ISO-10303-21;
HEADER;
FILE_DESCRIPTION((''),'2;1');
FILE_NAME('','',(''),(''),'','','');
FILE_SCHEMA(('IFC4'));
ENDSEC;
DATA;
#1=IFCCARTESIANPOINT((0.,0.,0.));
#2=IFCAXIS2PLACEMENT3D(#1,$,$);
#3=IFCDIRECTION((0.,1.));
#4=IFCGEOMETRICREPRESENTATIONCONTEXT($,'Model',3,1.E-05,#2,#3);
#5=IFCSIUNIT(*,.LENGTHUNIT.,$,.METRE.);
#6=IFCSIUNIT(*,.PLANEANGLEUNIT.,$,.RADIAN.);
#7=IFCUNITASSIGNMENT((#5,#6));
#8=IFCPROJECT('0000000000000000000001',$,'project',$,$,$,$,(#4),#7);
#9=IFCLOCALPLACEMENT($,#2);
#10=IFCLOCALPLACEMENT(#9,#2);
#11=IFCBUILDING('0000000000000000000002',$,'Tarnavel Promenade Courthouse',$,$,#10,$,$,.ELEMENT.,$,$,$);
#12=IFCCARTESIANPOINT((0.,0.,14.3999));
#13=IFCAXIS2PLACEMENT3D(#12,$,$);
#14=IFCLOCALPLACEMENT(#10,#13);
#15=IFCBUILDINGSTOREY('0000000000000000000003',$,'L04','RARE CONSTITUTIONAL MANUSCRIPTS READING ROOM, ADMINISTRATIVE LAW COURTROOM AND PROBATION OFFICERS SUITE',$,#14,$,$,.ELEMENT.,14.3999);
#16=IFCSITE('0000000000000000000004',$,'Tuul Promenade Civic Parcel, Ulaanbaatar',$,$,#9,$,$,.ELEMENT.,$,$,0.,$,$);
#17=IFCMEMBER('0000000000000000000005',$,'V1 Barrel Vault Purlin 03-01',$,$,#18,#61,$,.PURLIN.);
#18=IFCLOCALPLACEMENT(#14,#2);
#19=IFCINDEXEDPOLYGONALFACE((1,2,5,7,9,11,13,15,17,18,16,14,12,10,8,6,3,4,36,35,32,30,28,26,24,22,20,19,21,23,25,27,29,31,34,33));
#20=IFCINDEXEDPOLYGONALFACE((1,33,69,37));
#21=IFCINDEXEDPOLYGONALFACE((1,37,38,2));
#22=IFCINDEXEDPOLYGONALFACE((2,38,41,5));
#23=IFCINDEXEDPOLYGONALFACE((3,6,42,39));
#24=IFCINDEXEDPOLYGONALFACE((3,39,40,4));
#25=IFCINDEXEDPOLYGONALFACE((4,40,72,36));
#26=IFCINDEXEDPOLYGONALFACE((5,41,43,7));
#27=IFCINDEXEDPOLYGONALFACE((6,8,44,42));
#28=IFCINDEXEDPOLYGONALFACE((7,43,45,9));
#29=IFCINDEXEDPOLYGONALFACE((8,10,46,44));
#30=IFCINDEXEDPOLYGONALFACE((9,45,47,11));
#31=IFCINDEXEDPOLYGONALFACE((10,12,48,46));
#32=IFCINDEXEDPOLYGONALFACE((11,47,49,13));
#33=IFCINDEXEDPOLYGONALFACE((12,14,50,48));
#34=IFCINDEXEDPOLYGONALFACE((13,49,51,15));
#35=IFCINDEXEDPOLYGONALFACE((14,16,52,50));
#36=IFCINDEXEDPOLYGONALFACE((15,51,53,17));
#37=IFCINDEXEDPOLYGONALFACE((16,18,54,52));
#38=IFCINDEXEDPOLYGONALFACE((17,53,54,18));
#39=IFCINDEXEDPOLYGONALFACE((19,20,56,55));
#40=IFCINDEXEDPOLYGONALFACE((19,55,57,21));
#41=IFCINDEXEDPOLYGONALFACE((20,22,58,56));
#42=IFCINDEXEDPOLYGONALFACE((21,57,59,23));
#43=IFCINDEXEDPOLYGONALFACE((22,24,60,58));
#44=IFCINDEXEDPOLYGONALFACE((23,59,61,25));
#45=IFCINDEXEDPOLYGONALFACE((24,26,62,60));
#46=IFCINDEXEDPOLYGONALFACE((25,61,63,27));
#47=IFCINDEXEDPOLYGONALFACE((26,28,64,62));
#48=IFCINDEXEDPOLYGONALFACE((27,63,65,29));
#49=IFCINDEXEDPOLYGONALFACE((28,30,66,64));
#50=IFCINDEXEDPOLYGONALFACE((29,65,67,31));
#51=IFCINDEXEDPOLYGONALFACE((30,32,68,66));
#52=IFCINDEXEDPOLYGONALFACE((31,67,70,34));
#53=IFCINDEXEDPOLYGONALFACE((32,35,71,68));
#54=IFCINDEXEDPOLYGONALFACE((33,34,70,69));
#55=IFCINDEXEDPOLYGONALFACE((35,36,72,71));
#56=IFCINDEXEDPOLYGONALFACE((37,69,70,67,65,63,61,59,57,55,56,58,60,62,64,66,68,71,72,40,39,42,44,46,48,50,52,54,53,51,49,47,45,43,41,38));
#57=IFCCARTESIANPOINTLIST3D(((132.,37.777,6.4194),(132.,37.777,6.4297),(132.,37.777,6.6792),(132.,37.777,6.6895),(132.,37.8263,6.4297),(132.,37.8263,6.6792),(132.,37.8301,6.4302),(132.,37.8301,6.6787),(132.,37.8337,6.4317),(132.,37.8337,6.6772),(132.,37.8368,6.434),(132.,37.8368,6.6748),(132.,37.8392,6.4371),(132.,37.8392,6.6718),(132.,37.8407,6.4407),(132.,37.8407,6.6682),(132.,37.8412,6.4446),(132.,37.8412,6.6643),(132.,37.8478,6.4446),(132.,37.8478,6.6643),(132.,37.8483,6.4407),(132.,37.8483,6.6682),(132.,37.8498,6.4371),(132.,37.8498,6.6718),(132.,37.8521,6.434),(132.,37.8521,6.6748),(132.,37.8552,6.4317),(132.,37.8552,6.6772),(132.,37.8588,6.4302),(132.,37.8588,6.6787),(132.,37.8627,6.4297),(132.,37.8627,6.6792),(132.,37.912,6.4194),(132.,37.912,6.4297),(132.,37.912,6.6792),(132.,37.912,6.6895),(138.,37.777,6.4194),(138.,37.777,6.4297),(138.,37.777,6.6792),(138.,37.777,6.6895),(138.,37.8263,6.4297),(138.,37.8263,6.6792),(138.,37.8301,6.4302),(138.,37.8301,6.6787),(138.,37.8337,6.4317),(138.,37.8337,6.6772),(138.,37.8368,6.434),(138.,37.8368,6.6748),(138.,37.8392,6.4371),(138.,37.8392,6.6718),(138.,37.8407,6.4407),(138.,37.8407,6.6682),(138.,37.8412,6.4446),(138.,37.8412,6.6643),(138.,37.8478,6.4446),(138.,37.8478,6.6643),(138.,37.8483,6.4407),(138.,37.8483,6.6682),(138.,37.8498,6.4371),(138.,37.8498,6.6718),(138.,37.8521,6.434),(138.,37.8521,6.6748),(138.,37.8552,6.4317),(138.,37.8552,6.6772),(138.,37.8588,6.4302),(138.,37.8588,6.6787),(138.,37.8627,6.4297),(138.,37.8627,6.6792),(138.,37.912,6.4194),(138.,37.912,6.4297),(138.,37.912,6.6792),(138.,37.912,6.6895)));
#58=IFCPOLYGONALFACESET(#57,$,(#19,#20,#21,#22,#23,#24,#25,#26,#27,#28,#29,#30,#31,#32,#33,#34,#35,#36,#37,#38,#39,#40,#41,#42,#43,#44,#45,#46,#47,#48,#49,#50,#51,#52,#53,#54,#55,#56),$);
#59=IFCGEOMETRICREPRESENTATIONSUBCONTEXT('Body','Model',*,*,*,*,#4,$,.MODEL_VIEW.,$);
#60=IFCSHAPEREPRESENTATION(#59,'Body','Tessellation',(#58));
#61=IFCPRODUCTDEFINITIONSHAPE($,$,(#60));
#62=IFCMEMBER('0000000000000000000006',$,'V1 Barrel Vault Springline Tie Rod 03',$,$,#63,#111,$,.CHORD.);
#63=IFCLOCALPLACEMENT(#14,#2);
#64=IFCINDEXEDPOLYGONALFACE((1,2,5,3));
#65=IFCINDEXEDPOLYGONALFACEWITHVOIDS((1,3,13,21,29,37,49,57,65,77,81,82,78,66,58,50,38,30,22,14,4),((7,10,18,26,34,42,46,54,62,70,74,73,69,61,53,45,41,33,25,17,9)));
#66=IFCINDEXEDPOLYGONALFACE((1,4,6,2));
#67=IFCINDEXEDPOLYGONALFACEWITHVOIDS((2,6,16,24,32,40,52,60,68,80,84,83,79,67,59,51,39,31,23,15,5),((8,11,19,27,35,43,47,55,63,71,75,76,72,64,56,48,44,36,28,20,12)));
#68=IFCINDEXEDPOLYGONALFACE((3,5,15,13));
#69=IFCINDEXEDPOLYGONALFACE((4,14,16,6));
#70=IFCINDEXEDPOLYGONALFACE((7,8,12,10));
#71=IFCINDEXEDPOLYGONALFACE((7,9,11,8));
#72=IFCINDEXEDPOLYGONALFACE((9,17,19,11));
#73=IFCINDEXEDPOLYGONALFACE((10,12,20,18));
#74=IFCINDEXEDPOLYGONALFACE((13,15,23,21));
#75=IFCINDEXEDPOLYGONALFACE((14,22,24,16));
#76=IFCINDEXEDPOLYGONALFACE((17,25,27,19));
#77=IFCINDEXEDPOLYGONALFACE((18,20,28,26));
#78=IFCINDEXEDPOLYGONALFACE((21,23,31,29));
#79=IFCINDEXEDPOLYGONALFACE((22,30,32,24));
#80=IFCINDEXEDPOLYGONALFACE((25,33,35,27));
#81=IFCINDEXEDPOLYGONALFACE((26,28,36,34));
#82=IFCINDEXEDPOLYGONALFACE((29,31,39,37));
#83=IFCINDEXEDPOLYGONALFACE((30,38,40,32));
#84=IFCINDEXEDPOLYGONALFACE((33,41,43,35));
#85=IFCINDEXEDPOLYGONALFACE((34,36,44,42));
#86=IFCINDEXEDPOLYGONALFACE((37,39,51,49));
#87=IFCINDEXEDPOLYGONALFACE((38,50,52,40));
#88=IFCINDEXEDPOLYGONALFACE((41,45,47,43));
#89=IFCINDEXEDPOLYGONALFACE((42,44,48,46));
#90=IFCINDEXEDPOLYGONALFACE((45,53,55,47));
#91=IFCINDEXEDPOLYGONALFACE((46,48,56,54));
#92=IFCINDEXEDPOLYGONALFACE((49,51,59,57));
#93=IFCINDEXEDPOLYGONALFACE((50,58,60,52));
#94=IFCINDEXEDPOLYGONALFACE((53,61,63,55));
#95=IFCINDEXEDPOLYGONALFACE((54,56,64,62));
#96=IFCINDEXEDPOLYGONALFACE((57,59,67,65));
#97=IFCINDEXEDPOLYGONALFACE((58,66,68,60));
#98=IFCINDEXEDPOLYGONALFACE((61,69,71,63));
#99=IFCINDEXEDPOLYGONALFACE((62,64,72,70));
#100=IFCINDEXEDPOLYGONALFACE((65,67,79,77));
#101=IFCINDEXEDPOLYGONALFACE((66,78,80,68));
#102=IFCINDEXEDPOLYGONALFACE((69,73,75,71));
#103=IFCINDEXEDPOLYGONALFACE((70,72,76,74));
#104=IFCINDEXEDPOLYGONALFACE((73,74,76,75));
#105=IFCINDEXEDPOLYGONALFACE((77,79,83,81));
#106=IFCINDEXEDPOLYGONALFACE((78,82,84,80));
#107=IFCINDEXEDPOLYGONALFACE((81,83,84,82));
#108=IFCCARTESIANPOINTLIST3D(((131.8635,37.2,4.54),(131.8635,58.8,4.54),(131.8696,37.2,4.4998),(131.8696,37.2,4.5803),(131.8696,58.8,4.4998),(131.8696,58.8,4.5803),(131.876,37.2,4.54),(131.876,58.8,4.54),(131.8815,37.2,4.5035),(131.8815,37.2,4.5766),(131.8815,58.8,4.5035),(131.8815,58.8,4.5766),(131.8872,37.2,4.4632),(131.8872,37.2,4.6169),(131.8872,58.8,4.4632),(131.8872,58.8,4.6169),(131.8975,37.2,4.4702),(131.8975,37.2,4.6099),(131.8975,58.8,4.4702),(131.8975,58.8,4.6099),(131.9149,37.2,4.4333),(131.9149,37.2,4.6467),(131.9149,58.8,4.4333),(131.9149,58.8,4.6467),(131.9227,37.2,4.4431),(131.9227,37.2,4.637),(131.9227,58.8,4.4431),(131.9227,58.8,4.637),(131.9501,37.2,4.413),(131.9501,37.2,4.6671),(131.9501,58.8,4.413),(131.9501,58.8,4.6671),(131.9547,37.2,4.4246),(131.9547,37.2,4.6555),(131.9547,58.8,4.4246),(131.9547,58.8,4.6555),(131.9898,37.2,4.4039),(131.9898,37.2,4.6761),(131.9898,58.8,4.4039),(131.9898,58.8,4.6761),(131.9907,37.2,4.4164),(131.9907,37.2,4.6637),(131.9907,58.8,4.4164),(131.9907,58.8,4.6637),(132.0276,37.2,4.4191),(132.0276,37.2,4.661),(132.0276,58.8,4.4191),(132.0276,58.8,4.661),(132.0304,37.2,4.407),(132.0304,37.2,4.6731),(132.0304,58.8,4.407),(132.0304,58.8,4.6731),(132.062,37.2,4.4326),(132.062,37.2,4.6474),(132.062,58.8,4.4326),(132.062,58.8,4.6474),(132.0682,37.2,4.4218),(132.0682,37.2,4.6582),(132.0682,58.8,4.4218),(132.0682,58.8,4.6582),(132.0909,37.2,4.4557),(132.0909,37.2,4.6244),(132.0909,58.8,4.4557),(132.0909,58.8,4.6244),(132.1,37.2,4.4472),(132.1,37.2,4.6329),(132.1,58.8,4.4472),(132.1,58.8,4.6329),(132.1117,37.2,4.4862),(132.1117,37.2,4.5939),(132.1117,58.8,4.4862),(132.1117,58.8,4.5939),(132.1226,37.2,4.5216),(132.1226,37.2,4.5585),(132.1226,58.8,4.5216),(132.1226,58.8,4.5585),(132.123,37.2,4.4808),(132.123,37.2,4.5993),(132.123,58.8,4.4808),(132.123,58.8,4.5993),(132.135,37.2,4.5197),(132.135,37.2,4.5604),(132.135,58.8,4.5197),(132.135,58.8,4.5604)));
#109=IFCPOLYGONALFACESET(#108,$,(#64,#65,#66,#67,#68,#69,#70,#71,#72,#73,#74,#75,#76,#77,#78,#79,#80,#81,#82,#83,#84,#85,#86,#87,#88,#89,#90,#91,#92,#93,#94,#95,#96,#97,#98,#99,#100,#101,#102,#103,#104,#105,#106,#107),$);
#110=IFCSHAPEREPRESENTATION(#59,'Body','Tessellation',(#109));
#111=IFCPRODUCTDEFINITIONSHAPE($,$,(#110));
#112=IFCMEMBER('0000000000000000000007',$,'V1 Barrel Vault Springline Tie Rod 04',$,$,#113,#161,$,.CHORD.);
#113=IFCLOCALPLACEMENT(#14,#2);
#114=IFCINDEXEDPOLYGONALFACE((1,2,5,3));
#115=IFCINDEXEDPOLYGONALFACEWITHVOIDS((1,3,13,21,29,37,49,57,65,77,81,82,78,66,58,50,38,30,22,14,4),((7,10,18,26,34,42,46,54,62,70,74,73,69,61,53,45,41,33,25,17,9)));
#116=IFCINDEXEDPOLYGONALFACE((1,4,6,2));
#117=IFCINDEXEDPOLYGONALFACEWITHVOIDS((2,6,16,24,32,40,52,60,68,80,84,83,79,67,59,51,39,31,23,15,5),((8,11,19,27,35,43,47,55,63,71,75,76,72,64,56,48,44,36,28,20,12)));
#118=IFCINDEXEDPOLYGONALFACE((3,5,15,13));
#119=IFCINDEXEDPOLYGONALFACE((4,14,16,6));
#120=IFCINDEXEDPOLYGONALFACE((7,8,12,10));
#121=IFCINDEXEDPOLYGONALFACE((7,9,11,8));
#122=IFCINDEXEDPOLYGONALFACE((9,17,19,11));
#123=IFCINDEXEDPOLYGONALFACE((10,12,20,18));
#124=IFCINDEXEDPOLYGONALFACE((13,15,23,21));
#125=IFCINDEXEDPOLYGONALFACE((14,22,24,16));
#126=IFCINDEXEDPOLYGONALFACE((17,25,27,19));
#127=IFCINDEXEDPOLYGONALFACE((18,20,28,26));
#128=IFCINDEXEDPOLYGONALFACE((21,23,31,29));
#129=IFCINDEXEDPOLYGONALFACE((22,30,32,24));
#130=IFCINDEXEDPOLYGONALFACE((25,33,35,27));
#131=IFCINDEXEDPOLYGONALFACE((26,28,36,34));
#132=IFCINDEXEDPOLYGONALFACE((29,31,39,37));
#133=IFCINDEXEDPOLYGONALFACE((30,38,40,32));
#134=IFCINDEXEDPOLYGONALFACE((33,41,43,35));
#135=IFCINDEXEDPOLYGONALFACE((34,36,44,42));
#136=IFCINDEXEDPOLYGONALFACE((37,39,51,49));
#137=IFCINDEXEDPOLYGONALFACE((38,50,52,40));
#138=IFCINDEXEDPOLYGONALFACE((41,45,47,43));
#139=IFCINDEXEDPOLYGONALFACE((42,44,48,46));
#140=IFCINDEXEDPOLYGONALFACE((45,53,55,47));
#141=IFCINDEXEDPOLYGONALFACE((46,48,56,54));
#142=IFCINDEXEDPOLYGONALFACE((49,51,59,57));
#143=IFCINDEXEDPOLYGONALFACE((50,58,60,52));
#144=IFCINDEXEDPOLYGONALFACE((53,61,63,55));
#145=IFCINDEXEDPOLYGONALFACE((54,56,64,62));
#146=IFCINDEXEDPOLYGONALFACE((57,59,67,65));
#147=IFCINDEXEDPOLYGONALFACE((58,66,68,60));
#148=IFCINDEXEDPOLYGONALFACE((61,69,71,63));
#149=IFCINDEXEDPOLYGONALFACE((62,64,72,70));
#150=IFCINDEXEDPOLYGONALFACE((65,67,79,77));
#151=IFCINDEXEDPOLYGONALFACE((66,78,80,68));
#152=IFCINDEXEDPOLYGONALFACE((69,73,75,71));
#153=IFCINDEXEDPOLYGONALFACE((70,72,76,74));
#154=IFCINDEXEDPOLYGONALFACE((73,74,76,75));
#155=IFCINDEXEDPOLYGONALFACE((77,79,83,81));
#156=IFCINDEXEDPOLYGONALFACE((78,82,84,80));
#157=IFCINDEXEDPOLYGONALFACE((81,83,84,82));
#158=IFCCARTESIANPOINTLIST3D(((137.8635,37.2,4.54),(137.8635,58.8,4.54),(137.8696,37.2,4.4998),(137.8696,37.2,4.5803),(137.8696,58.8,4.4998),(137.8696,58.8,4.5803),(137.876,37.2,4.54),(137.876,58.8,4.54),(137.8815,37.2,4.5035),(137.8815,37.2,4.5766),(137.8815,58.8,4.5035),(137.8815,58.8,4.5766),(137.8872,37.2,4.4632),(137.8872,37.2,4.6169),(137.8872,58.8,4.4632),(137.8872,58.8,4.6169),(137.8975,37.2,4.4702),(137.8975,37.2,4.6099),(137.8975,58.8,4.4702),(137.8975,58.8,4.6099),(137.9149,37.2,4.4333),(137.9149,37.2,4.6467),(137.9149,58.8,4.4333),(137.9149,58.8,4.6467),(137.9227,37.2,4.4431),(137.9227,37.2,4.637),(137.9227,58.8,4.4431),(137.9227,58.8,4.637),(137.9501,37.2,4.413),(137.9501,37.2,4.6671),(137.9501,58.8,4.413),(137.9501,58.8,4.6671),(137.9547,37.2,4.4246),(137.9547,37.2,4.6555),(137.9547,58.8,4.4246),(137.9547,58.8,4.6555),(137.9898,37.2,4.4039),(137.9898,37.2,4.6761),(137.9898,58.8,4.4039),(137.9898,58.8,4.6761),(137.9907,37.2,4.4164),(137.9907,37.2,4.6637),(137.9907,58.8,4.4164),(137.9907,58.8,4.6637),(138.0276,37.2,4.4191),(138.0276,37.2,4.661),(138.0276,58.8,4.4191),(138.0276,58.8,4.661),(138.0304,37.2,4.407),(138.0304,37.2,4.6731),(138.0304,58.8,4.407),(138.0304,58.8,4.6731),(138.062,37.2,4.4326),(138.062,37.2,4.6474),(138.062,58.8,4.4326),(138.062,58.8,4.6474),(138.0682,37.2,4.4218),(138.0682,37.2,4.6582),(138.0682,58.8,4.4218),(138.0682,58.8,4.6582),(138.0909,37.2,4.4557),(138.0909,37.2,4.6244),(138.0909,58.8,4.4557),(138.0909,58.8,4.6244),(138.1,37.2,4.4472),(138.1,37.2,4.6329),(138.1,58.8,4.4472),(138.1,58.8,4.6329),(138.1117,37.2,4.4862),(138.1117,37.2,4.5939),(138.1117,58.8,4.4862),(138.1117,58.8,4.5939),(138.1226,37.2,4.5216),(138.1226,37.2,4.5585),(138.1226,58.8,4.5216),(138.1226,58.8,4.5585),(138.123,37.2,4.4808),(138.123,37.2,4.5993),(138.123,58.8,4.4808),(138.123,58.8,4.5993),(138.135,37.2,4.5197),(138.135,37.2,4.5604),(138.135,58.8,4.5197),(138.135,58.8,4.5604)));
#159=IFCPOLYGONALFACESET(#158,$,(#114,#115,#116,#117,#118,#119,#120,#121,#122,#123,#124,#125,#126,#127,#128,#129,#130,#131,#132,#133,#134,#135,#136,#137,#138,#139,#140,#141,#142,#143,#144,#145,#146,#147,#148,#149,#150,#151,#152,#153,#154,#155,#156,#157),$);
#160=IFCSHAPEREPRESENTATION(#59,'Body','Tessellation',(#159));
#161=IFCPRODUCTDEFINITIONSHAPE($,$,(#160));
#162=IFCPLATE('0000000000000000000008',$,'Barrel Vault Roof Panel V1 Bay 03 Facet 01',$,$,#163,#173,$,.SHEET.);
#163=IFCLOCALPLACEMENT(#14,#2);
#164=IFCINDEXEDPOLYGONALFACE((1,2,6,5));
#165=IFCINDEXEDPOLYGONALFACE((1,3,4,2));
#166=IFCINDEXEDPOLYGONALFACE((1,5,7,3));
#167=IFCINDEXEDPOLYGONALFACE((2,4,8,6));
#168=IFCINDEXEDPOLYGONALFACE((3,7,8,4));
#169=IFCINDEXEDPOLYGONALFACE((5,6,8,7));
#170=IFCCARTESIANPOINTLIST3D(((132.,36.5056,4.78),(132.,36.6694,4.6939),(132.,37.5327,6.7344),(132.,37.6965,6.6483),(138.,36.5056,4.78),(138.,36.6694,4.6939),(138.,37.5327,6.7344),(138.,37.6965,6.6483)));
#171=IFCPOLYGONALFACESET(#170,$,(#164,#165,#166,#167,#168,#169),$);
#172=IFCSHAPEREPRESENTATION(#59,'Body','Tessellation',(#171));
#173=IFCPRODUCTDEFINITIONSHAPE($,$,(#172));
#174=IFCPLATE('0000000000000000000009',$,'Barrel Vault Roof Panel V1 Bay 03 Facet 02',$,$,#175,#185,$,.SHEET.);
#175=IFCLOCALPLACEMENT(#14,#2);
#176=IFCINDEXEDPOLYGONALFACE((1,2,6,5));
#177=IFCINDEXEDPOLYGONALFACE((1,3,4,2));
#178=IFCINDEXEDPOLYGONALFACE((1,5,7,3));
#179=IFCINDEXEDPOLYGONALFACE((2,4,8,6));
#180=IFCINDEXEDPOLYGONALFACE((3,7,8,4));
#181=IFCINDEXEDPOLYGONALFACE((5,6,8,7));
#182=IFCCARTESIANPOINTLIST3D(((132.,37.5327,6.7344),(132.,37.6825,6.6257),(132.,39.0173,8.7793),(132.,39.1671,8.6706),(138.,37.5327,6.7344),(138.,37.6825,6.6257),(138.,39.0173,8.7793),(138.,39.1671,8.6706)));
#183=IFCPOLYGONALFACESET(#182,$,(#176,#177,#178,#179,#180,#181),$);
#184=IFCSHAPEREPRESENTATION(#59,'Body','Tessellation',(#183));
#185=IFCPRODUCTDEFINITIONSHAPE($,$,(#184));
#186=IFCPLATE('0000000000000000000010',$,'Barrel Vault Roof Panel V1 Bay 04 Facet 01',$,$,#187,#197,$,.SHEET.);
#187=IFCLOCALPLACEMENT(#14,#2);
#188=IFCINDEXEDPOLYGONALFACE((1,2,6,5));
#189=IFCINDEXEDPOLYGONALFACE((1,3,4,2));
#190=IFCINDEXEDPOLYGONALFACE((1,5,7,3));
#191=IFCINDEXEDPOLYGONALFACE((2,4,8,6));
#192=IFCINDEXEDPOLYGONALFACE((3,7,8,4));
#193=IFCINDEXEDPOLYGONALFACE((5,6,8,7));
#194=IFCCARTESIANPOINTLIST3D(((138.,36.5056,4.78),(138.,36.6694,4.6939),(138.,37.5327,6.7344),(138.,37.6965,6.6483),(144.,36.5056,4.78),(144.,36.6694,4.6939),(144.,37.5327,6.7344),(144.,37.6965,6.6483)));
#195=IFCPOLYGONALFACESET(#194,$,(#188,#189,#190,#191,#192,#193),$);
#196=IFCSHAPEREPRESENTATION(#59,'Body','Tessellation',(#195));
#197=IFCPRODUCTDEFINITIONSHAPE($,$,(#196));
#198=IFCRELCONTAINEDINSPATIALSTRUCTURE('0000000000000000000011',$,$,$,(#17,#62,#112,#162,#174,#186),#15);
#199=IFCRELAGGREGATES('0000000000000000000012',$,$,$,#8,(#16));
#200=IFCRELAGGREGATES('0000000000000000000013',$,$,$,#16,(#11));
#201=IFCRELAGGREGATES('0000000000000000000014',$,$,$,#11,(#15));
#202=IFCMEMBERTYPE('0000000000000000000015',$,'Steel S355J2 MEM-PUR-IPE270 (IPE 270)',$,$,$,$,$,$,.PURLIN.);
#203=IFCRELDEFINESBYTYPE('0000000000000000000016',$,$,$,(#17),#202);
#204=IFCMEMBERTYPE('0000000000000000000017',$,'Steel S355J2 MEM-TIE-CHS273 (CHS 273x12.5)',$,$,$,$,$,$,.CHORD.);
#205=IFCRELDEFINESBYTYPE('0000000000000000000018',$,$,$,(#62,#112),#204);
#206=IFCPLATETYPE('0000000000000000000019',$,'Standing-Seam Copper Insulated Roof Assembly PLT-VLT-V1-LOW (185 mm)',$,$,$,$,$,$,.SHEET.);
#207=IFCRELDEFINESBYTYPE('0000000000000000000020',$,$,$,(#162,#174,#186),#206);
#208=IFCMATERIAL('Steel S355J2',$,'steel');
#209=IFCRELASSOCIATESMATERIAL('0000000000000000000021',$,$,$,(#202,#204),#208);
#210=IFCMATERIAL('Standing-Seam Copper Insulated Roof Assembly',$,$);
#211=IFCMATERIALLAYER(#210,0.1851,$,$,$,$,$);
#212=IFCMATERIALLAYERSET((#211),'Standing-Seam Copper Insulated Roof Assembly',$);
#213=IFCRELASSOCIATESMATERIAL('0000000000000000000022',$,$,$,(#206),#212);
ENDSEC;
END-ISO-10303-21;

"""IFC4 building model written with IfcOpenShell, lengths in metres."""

from ifc_helpers import new_model, si_unit, direction, frame, origin, origin_2d, place, context, subcontext, project, spatial, polyline, hollow_circle, i_section, outline, extrude, material, layer, layer_set, material_profile, profile_set, type_object, element, save


model = new_model("IFC4")

# Units and contexts
model_context = context("Model", 3, precision=1e-05, world=origin(), true_north=direction((0.0, 1.0)))
body_context = subcontext(model_context, "Body", "Model", "MODEL_VIEW")
ifc_project = project(units=[si_unit("LENGTHUNIT", "METRE"), si_unit("PLANEANGLEUNIT", "RADIAN")], contexts=[model_context])

# Site, building, storey
site_placement = place(None, origin())
site = spatial("IfcSite", under=ifc_project, at=site_placement, Name="Tuul Promenade Civic Parcel, Ulaanbaatar", CompositionType="ELEMENT", RefElevation=0.0)
building_placement = place(site_placement, origin())
building = spatial("IfcBuilding", under=site, at=building_placement, Name="Tarnavel Promenade Courthouse", CompositionType="ELEMENT")
storey_placement = place(building_placement, frame((0.0, 0.0, 14.3999)))
storey = spatial("IfcBuildingStorey", under=building, at=storey_placement, Name="L04", Description="RARE CONSTITUTIONAL MANUSCRIPTS READING ROOM, ADMINISTRATIVE LAW COURTROOM AND PROBATION OFFICERS SUITE", CompositionType="ELEMENT", Elevation=14.3999)

# Shared definitions
ifc_material_1 = material(Name="Steel S355J2", Category="steel")

# Members
ifc_material_profile_1 = material_profile(ifc_material_1, i_section(OverallWidth=0.135, OverallDepth=0.27, WebThickness=0.0066, FlangeThickness=0.0103, FilletRadius=0.0149, at=origin_2d()), Name="IPE 270")
ifc_profile_set_1 = profile_set([ifc_material_profile_1], Name="Steel S355J2")
member_type_1 = type_object("IfcMemberType", Name="Steel S355J2 MEM-PUR-IPE270 (IPE 270)", PredefinedType="PURLIN", material=ifc_profile_set_1)
member_placement = place(storey_placement, frame((132.0, 37.8445, 6.5544), z_axis=(1.0, 0.0, 0.0), x_axis=(0.0, 1.0, 0.0)))
element("IfcMember", 1, at=member_placement, inside=storey, type_object=member_type_1, Name="V1 Barrel Vault Purlin 03-01", PredefinedType="PURLIN", context=body_context, shape_type="SweptSolid", body=[
    extrude(i_section(OverallWidth=0.135, OverallDepth=0.27, WebThickness=0.0066, FlangeThickness=0.0103, FilletRadius=0.0149, at=origin_2d()), origin(), (0.0, 0.0, 1.0), 6.0),
])
ifc_material_profile_2 = material_profile(ifc_material_1, hollow_circle(Radius=0.1365, WallThickness=0.0125, at=origin_2d()), Name="CHS 273x12.5")
ifc_profile_set_2 = profile_set([ifc_material_profile_2], Name="Steel S355J2")
member_type_2 = type_object("IfcMemberType", Name="Steel S355J2 MEM-TIE-CHS273 (CHS 273x12.5)", PredefinedType="CHORD", material=ifc_profile_set_2)
for number, where, z_axis, x_axis, name in (
    (2, (132.0, 37.2, 4.54), (0.0, 1.0, 0.0), (-1.0, 0.0, 0.0), "V1 Barrel Vault Springline Tie Rod 03"),
    (3, (138.0, 37.2, 4.54), (0.0, 1.0, 0.0), (-1.0, 0.0, 0.0), "V1 Barrel Vault Springline Tie Rod 04"),
):
    element("IfcMember", number, at=place(storey_placement, frame(where, z_axis=z_axis, x_axis=x_axis)), inside=storey, type_object=member_type_2, Name=name, PredefinedType="CHORD", context=body_context, shape_type="SweptSolid", body=[
        extrude(hollow_circle(Radius=0.1365, WallThickness=0.0125, at=origin_2d()), origin(), (0.0, 0.0, 1.0), 21.6001),
    ])

# Plates
ifc_material_2 = material(Name="Standing-Seam Copper Insulated Roof Assembly")
ifc_layer_1 = layer(ifc_material_2, 0.1851)
ifc_layer_set_1 = layer_set([ifc_layer_1], Name="Standing-Seam Copper Insulated Roof Assembly")
plate_type = type_object("IfcPlateType", Name="Standing-Seam Copper Insulated Roof Assembly PLT-VLT-V1-LOW (185 mm)", PredefinedType="SHEET", material=ifc_layer_set_1)
plate_1_placement = place(storey_placement, frame((132.0, 36.5056, 4.78), z_axis=(0.0, -0.885199, 0.465213), x_axis=(1.0, 0.0, 0.0)))
element("IfcPlate", 4, at=plate_1_placement, inside=storey, type_object=plate_type, Name="Barrel Vault Roof Panel V1 Bay 03 Facet 01", PredefinedType="SHEET", context=body_context, shape_type="SweptSolid", body=[
    extrude(outline(polyline([(0.0, 0.0), (6.0, 0.0), (6.0, 2.2078), (0.0, 2.2078), (0.0, 0.0)])), origin(), (0.0, 0.0, -1.0), 0.1851),
])
plate_2_placement = place(storey_placement, frame((132.0, 37.5327, 6.7344), z_axis=(0.0, -0.809225, 0.587499), x_axis=(1.0, 0.0, 0.0)))
element("IfcPlate", 5, at=plate_2_placement, inside=storey, type_object=plate_type, Name="Barrel Vault Roof Panel V1 Bay 03 Facet 02", PredefinedType="SHEET", context=body_context, shape_type="SweptSolid", body=[
    extrude(outline(polyline([(0.0, 0.0), (6.0, 0.0), (6.0, 2.527), (0.0, 2.527), (0.0, 0.0)])), origin(), (0.0, 0.0, -1.0), 0.1851),
])
plate_3_placement = place(storey_placement, frame((138.0, 36.5056, 4.78), z_axis=(0.0, -0.885199, 0.465213), x_axis=(1.0, 0.0, 0.0)))
element("IfcPlate", 6, at=plate_3_placement, inside=storey, type_object=plate_type, Name="Barrel Vault Roof Panel V1 Bay 04 Facet 01", PredefinedType="SHEET", context=body_context, shape_type="SweptSolid", body=[
    extrude(outline(polyline([(0.0, 0.0), (6.0, 0.0), (6.0, 2.2078), (0.0, 2.2078), (0.0, 0.0)])), origin(), (0.0, 0.0, -1.0), 0.1851),
])

save(model, "model.ifc")
